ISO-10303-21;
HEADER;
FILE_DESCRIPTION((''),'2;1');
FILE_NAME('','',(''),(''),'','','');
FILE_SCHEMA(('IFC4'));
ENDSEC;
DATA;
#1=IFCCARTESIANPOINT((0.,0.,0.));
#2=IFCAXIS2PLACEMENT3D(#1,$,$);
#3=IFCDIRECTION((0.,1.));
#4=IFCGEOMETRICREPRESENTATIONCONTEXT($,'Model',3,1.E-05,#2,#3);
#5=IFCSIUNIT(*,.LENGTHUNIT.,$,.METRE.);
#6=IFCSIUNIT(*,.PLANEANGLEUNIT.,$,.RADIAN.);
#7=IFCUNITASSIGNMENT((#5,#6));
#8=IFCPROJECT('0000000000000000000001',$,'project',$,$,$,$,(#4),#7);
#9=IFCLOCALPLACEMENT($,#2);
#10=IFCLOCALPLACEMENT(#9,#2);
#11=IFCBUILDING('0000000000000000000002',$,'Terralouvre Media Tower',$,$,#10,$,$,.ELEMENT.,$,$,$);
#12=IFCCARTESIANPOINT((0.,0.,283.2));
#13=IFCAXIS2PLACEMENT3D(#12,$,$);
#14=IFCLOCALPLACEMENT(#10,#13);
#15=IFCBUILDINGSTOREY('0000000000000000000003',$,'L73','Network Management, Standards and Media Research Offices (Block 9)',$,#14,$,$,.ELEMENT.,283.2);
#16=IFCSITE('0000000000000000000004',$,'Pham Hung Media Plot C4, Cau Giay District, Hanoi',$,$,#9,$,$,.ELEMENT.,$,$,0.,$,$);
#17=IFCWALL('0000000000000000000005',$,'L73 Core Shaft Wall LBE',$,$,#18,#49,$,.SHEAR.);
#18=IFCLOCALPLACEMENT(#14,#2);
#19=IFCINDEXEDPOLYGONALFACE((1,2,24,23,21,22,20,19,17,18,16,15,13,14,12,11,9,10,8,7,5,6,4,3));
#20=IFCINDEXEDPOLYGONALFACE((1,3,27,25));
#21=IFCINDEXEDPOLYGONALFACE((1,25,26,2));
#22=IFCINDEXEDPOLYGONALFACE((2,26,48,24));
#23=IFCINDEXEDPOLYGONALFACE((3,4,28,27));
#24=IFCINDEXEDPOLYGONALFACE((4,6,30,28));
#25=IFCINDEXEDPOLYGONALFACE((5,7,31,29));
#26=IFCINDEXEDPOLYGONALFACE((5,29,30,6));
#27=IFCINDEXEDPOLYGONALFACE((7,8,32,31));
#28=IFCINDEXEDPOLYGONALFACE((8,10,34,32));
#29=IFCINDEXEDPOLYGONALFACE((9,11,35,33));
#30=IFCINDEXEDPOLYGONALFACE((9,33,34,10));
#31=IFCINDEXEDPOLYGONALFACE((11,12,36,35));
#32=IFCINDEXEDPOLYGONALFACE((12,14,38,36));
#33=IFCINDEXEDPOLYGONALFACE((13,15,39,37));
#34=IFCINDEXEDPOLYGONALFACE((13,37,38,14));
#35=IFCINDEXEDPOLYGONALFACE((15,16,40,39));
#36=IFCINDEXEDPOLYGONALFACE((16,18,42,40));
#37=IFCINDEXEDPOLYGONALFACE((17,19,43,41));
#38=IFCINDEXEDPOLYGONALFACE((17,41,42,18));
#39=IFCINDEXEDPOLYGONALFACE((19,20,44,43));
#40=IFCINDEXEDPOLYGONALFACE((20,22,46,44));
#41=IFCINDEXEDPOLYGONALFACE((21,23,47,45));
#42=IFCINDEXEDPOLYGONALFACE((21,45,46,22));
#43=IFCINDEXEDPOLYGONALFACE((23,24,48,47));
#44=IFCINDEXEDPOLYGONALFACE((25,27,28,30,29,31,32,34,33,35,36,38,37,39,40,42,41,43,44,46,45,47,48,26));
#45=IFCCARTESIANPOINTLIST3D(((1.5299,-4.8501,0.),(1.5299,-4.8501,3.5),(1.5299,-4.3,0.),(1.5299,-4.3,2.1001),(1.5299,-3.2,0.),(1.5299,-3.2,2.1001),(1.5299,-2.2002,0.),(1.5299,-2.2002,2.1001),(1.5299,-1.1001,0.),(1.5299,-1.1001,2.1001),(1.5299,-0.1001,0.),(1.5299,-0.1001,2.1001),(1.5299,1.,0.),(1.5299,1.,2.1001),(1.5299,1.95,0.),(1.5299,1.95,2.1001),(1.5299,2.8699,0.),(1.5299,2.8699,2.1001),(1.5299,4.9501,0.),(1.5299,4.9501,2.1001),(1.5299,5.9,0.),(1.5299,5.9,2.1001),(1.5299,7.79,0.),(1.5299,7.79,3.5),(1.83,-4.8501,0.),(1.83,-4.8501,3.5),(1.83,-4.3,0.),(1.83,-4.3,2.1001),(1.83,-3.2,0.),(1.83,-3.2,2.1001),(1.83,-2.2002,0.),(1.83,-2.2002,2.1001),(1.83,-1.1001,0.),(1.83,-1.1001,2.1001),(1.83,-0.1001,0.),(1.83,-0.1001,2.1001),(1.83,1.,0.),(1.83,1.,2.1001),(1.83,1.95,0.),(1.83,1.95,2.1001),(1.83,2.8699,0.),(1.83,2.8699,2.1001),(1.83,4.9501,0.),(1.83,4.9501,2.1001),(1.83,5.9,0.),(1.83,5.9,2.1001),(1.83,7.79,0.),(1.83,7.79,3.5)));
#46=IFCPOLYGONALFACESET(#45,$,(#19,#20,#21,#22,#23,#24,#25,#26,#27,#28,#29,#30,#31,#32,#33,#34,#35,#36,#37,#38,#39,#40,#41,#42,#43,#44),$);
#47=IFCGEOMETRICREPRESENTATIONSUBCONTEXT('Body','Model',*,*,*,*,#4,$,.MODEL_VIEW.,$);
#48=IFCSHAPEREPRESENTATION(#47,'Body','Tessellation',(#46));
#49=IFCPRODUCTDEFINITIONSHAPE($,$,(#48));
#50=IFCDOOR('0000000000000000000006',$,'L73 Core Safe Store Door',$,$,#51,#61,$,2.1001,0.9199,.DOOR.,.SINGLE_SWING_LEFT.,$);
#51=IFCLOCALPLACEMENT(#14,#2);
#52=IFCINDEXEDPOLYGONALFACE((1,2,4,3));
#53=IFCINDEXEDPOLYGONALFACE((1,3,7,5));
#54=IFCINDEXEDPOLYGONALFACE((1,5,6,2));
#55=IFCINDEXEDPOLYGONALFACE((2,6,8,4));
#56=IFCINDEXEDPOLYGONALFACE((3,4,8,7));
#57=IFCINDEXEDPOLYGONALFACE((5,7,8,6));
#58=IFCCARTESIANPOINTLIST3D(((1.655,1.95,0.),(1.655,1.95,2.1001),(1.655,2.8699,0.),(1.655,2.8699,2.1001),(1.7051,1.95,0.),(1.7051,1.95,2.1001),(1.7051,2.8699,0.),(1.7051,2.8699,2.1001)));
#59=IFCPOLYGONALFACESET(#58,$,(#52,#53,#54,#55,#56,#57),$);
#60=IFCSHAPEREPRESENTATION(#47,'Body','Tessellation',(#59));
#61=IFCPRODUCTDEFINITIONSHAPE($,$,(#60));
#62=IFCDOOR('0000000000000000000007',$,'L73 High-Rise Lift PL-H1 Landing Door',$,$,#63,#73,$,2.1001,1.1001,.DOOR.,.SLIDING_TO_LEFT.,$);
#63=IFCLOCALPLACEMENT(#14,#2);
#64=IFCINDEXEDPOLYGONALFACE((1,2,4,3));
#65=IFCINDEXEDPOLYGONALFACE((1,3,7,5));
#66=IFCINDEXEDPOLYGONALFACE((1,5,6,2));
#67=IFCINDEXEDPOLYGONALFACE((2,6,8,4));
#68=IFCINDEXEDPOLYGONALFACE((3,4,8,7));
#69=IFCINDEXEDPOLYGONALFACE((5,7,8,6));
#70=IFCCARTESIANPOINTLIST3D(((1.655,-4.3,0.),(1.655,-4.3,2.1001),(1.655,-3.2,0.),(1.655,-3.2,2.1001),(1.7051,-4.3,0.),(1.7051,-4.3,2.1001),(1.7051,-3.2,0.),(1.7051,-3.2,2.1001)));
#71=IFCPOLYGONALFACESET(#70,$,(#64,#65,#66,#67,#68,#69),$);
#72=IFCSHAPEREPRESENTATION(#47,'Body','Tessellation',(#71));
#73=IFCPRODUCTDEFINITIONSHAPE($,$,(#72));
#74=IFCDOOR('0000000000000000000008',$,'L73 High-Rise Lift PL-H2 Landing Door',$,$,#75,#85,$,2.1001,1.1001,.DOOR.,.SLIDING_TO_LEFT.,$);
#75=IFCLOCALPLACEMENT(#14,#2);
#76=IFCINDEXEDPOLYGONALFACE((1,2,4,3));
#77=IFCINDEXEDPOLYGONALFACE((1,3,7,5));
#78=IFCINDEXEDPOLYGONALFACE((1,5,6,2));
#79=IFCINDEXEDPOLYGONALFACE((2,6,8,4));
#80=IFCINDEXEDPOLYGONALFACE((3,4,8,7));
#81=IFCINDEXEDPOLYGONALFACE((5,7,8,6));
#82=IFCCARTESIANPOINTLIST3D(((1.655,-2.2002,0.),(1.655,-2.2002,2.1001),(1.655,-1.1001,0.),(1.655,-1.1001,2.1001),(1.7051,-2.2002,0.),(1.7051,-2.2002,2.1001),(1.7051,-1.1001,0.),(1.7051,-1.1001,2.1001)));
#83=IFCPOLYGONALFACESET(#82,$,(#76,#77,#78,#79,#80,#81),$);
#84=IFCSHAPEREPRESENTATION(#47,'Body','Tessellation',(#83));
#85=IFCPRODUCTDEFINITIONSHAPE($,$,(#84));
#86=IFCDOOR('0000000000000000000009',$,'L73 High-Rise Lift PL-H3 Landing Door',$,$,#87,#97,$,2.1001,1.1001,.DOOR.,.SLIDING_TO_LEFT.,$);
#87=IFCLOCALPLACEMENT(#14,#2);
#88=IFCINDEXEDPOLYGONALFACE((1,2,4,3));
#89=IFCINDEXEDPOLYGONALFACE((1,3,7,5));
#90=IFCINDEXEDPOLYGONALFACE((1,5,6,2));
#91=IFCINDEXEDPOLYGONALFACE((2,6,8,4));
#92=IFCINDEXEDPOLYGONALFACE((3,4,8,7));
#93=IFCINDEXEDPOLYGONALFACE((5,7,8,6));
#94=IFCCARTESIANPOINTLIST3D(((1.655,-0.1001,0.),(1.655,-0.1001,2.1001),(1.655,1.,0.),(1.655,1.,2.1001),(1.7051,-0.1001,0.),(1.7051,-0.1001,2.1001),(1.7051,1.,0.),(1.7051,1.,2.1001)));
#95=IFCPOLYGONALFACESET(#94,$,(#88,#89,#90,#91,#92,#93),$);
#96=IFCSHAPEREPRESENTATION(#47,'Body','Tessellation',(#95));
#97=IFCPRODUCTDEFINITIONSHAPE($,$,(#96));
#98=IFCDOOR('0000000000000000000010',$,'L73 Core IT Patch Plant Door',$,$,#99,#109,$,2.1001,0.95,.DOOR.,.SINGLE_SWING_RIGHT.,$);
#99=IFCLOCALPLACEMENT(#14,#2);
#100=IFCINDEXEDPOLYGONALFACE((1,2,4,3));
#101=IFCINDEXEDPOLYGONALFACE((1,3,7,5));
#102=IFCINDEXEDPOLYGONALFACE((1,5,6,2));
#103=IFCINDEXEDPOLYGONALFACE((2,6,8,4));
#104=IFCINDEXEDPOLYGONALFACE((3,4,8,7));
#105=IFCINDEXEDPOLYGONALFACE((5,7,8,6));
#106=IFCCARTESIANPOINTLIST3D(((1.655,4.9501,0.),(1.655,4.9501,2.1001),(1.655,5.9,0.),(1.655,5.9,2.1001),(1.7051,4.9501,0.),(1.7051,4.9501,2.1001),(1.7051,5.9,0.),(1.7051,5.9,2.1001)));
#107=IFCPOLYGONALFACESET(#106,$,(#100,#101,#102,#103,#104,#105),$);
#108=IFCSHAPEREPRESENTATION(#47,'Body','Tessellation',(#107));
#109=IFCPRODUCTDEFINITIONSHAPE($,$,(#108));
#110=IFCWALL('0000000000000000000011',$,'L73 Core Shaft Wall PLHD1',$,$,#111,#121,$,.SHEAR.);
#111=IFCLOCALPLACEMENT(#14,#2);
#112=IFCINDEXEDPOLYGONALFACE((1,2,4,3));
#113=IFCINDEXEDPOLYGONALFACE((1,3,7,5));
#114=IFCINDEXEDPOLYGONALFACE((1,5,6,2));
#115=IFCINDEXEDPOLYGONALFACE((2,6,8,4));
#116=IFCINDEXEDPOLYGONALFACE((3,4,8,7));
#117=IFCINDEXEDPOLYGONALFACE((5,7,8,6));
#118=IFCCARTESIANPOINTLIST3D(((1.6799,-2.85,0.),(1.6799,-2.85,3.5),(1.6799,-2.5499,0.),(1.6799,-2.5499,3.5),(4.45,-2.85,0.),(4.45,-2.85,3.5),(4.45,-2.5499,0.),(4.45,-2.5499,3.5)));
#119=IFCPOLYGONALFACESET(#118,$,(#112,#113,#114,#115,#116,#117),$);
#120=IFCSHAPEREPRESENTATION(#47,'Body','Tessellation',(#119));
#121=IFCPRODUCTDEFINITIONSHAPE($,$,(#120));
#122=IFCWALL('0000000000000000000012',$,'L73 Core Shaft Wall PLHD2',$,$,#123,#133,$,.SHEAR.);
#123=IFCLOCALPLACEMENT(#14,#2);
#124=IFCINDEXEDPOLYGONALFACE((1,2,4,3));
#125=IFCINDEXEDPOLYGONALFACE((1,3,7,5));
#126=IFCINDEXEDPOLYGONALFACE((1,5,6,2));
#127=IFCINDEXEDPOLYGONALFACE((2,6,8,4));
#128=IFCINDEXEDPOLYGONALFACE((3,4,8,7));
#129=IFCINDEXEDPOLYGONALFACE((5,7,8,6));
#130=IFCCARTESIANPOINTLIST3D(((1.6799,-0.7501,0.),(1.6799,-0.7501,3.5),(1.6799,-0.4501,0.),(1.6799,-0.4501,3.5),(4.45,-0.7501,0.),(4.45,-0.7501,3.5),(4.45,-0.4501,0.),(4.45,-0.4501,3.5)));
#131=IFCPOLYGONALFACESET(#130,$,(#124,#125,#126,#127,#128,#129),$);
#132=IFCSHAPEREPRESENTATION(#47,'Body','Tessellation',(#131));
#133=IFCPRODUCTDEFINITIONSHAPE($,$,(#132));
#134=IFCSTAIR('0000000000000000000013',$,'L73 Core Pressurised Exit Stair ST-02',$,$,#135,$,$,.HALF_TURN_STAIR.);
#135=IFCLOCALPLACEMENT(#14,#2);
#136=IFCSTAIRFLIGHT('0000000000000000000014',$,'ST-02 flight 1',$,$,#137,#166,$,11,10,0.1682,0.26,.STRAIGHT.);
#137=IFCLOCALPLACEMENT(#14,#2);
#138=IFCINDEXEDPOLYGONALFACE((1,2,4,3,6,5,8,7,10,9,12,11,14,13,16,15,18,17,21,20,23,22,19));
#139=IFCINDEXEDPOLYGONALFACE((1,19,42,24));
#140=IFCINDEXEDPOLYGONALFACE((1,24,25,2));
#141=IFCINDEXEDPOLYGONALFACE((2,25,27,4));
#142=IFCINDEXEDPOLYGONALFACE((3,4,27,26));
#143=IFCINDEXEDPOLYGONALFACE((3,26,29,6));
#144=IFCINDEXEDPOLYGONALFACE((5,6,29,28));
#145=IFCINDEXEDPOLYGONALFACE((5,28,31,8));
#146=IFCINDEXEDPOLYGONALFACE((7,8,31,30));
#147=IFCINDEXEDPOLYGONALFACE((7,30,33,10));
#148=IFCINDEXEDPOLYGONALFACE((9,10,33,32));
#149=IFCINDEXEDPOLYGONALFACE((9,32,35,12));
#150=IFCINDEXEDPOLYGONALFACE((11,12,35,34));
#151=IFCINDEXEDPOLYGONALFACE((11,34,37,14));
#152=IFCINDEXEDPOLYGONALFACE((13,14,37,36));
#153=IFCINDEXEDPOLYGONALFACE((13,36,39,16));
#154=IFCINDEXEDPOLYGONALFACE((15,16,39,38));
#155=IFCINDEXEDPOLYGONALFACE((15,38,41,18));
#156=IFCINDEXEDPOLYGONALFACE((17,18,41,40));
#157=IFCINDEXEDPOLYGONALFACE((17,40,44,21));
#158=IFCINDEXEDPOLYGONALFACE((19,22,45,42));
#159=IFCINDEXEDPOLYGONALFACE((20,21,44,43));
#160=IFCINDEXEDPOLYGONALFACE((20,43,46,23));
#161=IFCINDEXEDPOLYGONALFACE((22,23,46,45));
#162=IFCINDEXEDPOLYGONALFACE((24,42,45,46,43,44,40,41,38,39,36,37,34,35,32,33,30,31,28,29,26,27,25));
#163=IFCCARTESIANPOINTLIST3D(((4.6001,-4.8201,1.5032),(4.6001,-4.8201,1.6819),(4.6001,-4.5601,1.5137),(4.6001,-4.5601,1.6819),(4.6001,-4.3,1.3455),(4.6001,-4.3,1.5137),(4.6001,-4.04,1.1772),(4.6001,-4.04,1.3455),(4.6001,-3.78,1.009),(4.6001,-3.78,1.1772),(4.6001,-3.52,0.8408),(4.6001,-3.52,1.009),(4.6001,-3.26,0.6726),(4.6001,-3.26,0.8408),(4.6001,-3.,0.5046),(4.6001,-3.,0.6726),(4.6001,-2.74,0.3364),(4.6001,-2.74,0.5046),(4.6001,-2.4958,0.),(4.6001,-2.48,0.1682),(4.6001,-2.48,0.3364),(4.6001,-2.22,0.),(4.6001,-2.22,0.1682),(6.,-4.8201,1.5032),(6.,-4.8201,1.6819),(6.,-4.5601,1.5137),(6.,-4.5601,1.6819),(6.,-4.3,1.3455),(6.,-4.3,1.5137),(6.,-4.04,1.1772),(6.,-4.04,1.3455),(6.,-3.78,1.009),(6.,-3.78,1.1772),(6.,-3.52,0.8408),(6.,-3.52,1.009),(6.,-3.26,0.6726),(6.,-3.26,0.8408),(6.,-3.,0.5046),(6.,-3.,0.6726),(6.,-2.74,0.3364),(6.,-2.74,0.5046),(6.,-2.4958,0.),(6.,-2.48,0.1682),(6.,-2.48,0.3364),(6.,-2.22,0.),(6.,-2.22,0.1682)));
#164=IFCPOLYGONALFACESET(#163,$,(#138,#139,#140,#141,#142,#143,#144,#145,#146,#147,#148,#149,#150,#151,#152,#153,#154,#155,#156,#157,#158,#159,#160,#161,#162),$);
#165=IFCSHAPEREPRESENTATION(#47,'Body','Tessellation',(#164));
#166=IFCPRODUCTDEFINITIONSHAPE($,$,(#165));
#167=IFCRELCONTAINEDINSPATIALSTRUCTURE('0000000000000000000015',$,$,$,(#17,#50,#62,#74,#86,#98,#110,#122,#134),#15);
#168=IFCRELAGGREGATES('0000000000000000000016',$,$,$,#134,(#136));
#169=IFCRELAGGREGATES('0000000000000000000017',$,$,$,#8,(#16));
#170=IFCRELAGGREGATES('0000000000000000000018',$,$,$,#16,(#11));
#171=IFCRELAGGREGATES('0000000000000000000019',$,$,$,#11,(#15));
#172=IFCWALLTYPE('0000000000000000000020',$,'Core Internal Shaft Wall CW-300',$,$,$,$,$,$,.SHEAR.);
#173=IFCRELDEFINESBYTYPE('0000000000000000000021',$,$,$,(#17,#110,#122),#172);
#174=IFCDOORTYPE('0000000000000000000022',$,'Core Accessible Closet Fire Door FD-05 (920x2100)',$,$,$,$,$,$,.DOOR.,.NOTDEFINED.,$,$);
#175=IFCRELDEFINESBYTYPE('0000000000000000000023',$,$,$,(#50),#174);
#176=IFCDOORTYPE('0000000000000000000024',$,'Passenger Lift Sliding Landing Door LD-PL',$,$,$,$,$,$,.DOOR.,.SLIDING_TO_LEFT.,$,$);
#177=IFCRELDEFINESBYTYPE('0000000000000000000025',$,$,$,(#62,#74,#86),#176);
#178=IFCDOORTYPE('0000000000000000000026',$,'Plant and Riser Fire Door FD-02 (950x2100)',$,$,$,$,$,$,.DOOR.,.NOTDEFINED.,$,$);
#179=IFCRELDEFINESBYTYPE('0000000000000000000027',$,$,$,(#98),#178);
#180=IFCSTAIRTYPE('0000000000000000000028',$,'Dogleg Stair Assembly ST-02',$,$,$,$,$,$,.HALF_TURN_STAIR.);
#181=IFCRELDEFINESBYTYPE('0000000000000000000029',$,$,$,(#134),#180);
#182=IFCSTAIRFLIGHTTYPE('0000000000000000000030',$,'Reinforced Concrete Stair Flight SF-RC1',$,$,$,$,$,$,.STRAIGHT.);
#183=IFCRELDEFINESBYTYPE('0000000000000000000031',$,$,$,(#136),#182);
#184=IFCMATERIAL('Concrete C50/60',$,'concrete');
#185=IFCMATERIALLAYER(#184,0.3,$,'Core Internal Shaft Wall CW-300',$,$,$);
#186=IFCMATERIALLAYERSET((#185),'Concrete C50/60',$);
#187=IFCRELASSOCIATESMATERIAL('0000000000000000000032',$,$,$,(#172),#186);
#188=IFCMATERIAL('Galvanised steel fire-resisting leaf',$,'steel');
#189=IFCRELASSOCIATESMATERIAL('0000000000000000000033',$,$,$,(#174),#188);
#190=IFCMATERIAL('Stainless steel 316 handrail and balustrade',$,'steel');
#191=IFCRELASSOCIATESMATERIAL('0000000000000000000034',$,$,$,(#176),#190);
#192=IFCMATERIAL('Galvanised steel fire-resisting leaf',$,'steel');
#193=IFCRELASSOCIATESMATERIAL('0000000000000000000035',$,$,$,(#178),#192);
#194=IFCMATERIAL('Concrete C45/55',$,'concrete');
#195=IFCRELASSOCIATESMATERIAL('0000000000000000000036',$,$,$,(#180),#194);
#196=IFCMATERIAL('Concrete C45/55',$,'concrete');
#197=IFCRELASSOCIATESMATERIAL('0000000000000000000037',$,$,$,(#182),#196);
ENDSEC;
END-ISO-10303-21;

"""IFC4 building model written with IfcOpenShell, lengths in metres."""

from ifc_helpers import new_model, si_unit, direction, frame, frame_2d, origin, place, context, subcontext, project, spatial, polyline, rectangle, outline, extrude, material, layer, layer_set, type_object, element, fill, aggregate, save


model = new_model("IFC4")

# Units and contexts
model_context = context("Model", 3, precision=1e-05, world=origin(), true_north=direction((0.0, 1.0)))
body_context = subcontext(model_context, "Body", "Model", "MODEL_VIEW")
ifc_project = project(units=[si_unit("LENGTHUNIT", "METRE"), si_unit("PLANEANGLEUNIT", "RADIAN")], contexts=[model_context])

# Site, building, storey
site_placement = place(None, origin())
site = spatial("IfcSite", under=ifc_project, at=site_placement, Name="Pham Hung Media Plot C4, Cau Giay District, Hanoi", CompositionType="ELEMENT", RefElevation=0.0)
building_placement = place(site_placement, origin())
building = spatial("IfcBuilding", under=site, at=building_placement, Name="Terralouvre Media Tower", CompositionType="ELEMENT")
storey_placement = place(building_placement, frame((0.0, 0.0, 283.2)))
storey = spatial("IfcBuildingStorey", under=building, at=storey_placement, Name="L73", Description="Network Management, Standards and Media Research Offices (Block 9)", CompositionType="ELEMENT", Elevation=283.2)

# Shared definitions
ifc_material_1 = material(Name="Concrete C50/60", Category="concrete")
ifc_layer_1 = layer(ifc_material_1, 0.3, Name="Core Internal Shaft Wall CW-300")
ifc_layer_set_1 = layer_set([ifc_layer_1], Name="Concrete C50/60")
wall_type = type_object("IfcWallType", Name="Core Internal Shaft Wall CW-300", PredefinedType="SHEAR", material=ifc_layer_set_1)

# Wall, openings, doors
wall_1_placement = place(storey_placement, frame((1.6799, -4.8501, 0.0), z_axis=(0.0, 0.0, 1.0), x_axis=(0.0, 1.0, 0.0)))
wall_1 = element("IfcWall", 1, at=wall_1_placement, inside=storey, type_object=wall_type, Name="L73 Core Shaft Wall LBE", PredefinedType="SHEAR", context=body_context, shape_type="SweptSolid", body=[
    extrude(rectangle(XDim=12.6401, YDim=0.3, at=frame_2d((6.3201, 0.0))), origin(), (0.0, 0.0, 1.0), 3.5),
])
opening_1_placement = place(wall_1_placement, frame((0.55, 0.0, 0.0)))
opening_1 = element("IfcOpeningElement", 2, at=opening_1_placement, cuts=wall_1, PredefinedType="OPENING", context=body_context, shape_type="SweptSolid", body=[
    extrude(rectangle(XDim=1.1001, YDim=2.1001, at=frame_2d((0.55, 1.05))), frame((0.0, 0.1599, 0.0), z_axis=(0.0, -1.0, 0.0), x_axis=(1.0, 0.0, 0.0)), (0.0, 0.0, 1.0), 0.3201),
])
opening_2_placement = place(wall_1_placement, frame((2.6499, 0.0, 0.0)))
opening_2 = element("IfcOpeningElement", 3, at=opening_2_placement, cuts=wall_1, PredefinedType="OPENING", context=body_context, shape_type="SweptSolid", body=[
    extrude(rectangle(XDim=1.1001, YDim=2.1001, at=frame_2d((0.55, 1.05))), frame((0.0, 0.1599, 0.0), z_axis=(0.0, -1.0, 0.0), x_axis=(1.0, 0.0, 0.0)), (0.0, 0.0, 1.0), 0.3201),
])
opening_3_placement = place(wall_1_placement, frame((4.75, 0.0, 0.0)))
opening_3 = element("IfcOpeningElement", 4, at=opening_3_placement, cuts=wall_1, PredefinedType="OPENING", context=body_context, shape_type="SweptSolid", body=[
    extrude(rectangle(XDim=1.1001, YDim=2.1001, at=frame_2d((0.55, 1.05))), frame((0.0, 0.1599, 0.0), z_axis=(0.0, -1.0, 0.0), x_axis=(1.0, 0.0, 0.0)), (0.0, 0.0, 1.0), 0.3201),
])
opening_4_placement = place(wall_1_placement, frame((6.8, 0.0, 0.0)))
opening_4 = element("IfcOpeningElement", 5, at=opening_4_placement, cuts=wall_1, PredefinedType="OPENING", context=body_context, shape_type="SweptSolid", body=[
    extrude(rectangle(XDim=0.9199, YDim=2.1001, at=frame_2d((0.46, 1.05))), frame((0.0, 0.1599, 0.0), z_axis=(0.0, -1.0, 0.0), x_axis=(1.0, 0.0, 0.0)), (0.0, 0.0, 1.0), 0.3201),
])
opening_5_placement = place(wall_1_placement, frame((9.8, 0.0, 0.0)))
opening_5 = element("IfcOpeningElement", 6, at=opening_5_placement, cuts=wall_1, PredefinedType="OPENING", context=body_context, shape_type="SweptSolid", body=[
    extrude(rectangle(XDim=0.95, YDim=2.1001, at=frame_2d((0.4751, 1.05))), frame((0.0, 0.1599, 0.0), z_axis=(0.0, -1.0, 0.0), x_axis=(1.0, 0.0, 0.0)), (0.0, 0.0, 1.0), 0.3201),
])
ifc_material_2 = material(Name="Galvanised steel fire-resisting leaf", Category="steel")
door_type_1 = type_object("IfcDoorType", Name="Core Accessible Closet Fire Door FD-05 (920x2100)", OperationType="NOTDEFINED", PredefinedType="DOOR", material=ifc_material_2)
door_1_placement = place(opening_4_placement, origin())
door_1 = element("IfcDoor", 7, at=door_1_placement, inside=storey, type_object=door_type_1, Name="L73 Core Safe Store Door", OperationType="SINGLE_SWING_LEFT", OverallHeight=2.1001, OverallWidth=0.9199, PredefinedType="DOOR", context=body_context, shape_type="SweptSolid", body=[
    extrude(rectangle(XDim=0.9199, YDim=2.1001, at=frame_2d((0.46, 1.05))), frame((0.0, 0.0249, 0.0), z_axis=(0.0, -1.0, 0.0), x_axis=(1.0, 0.0, 0.0)), (0.0, 0.0, 1.0), 0.05),
])
fill(opening_4, door_1)
ifc_material_3 = material(Name="Stainless steel 316 handrail and balustrade", Category="steel")
door_type_2 = type_object("IfcDoorType", Name="Passenger Lift Sliding Landing Door LD-PL", OperationType="SLIDING_TO_LEFT", PredefinedType="DOOR", material=ifc_material_3)
door_2_placement = place(opening_1_placement, origin())
door_2 = element("IfcDoor", 8, at=door_2_placement, inside=storey, type_object=door_type_2, Name="L73 High-Rise Lift PL-H1 Landing Door", OperationType="SLIDING_TO_LEFT", OverallHeight=2.1001, OverallWidth=1.1001, PredefinedType="DOOR", context=body_context, shape_type="SweptSolid", body=[
    extrude(rectangle(XDim=1.1001, YDim=2.1001, at=frame_2d((0.55, 1.05))), frame((0.0, 0.0249, 0.0), z_axis=(0.0, -1.0, 0.0), x_axis=(1.0, 0.0, 0.0)), (0.0, 0.0, 1.0), 0.05),
])
fill(opening_1, door_2)
door_3_placement = place(opening_2_placement, origin())
door_3 = element("IfcDoor", 9, at=door_3_placement, inside=storey, type_object=door_type_2, Name="L73 High-Rise Lift PL-H2 Landing Door", OperationType="SLIDING_TO_LEFT", OverallHeight=2.1001, OverallWidth=1.1001, PredefinedType="DOOR", context=body_context, shape_type="SweptSolid", body=[
    extrude(rectangle(XDim=1.1001, YDim=2.1001, at=frame_2d((0.55, 1.05))), frame((0.0, 0.0249, 0.0), z_axis=(0.0, -1.0, 0.0), x_axis=(1.0, 0.0, 0.0)), (0.0, 0.0, 1.0), 0.05),
])
fill(opening_2, door_3)
door_4_placement = place(opening_3_placement, origin())
door_4 = element("IfcDoor", 10, at=door_4_placement, inside=storey, type_object=door_type_2, Name="L73 High-Rise Lift PL-H3 Landing Door", OperationType="SLIDING_TO_LEFT", OverallHeight=2.1001, OverallWidth=1.1001, PredefinedType="DOOR", context=body_context, shape_type="SweptSolid", body=[
    extrude(rectangle(XDim=1.1001, YDim=2.1001, at=frame_2d((0.55, 1.05))), frame((0.0, 0.0249, 0.0), z_axis=(0.0, -1.0, 0.0), x_axis=(1.0, 0.0, 0.0)), (0.0, 0.0, 1.0), 0.05),
])
fill(opening_3, door_4)
ifc_material_4 = material(Name="Galvanised steel fire-resisting leaf", Category="steel")
door_type_3 = type_object("IfcDoorType", Name="Plant and Riser Fire Door FD-02 (950x2100)", OperationType="NOTDEFINED", PredefinedType="DOOR", material=ifc_material_4)
door_5_placement = place(opening_5_placement, origin())
door_5 = element("IfcDoor", 11, at=door_5_placement, inside=storey, type_object=door_type_3, Name="L73 Core IT Patch Plant Door", OperationType="SINGLE_SWING_RIGHT", OverallHeight=2.1001, OverallWidth=0.95, PredefinedType="DOOR", context=body_context, shape_type="SweptSolid", body=[
    extrude(rectangle(XDim=0.95, YDim=2.1001, at=frame_2d((0.4751, 1.05))), frame((0.0, 0.0249, 0.0), z_axis=(0.0, -1.0, 0.0), x_axis=(1.0, 0.0, 0.0)), (0.0, 0.0, 1.0), 0.05),
])
fill(opening_5, door_5)

# Walls
for number, where, z_axis, x_axis, name in (
    (12, (1.6799, -2.7, 0.0), (0.0, 0.0, 1.0), (1.0, 0.0, 0.0), "L73 Core Shaft Wall PLHD1"),
    (13, (1.6799, -0.6001, 0.0), (0.0, 0.0, 1.0), (1.0, 0.0, 0.0), "L73 Core Shaft Wall PLHD2"),
):
    element("IfcWall", number, at=place(storey_placement, frame(where, z_axis=z_axis, x_axis=x_axis)), inside=storey, type_object=wall_type, Name=name, PredefinedType="SHEAR", context=body_context, shape_type="SweptSolid", body=[
        extrude(rectangle(XDim=2.77, YDim=0.3, at=frame_2d((1.385, 0.0))), origin(), (0.0, 0.0, 1.0), 3.5),
    ])

# Stair, stair flight
ifc_material_5 = material(Name="Concrete C45/55", Category="concrete")
stair_type = type_object("IfcStairType", Name="Dogleg Stair Assembly ST-02", PredefinedType="HALF_TURN_STAIR", material=ifc_material_5)
stair_placement = place(storey_placement, origin())
stair = element("IfcStair", 14, at=stair_placement, inside=storey, type_object=stair_type, Name="L73 Core Pressurised Exit Stair ST-02", PredefinedType="HALF_TURN_STAIR")
ifc_material_6 = material(Name="Concrete C45/55", Category="concrete")
stair_flight_type = type_object("IfcStairFlightType", Name="Reinforced Concrete Stair Flight SF-RC1", PredefinedType="STRAIGHT", material=ifc_material_6)
stair_flight_1_placement = place(storey_placement, frame((5.3, -2.22, 0.0), z_axis=(0.0, 0.0, 1.0), x_axis=(0.0, -1.0, 0.0)))
stair_flight_1 = element("IfcStairFlight", 15, at=stair_flight_1_placement, type_object=stair_flight_type, Name="ST-02 flight 1", NumberOfRisers=11, NumberOfTreads=10, PredefinedType="STRAIGHT", RiserHeight=0.1682, TreadLength=0.26, context=body_context, shape_type="SweptSolid", body=[
    extrude(outline(polyline([(0.0, 0.0), (0.0, 0.1682), (0.26, 0.1682), (0.26, 0.3364), (0.52, 0.3364), (0.52, 0.5046), (0.78, 0.5046), (0.78, 0.6726), (1.04, 0.6726), (1.04, 0.8408), (1.3, 0.8408), (1.3, 1.009), (1.5601, 1.009), (1.5601, 1.1772), (1.8201, 1.1772), (1.8201, 1.3455), (2.0801, 1.3455), (2.0801, 1.5137), (2.3401, 1.5137), (2.3401, 1.6819), (2.6001, 1.6819), (2.6001, 1.8501), (2.6001, 1.5032), (0.2759, 0.0), (0.0, 0.0)])), frame((0.0, 0.7, 0.0), z_axis=(0.0, -1.0, 0.0), x_axis=(1.0, 0.0, 0.0)), (0.0, 0.0, 1.0), 1.3999),
])
aggregate(stair, [stair_flight_1])

save(model, "model.ifc")
